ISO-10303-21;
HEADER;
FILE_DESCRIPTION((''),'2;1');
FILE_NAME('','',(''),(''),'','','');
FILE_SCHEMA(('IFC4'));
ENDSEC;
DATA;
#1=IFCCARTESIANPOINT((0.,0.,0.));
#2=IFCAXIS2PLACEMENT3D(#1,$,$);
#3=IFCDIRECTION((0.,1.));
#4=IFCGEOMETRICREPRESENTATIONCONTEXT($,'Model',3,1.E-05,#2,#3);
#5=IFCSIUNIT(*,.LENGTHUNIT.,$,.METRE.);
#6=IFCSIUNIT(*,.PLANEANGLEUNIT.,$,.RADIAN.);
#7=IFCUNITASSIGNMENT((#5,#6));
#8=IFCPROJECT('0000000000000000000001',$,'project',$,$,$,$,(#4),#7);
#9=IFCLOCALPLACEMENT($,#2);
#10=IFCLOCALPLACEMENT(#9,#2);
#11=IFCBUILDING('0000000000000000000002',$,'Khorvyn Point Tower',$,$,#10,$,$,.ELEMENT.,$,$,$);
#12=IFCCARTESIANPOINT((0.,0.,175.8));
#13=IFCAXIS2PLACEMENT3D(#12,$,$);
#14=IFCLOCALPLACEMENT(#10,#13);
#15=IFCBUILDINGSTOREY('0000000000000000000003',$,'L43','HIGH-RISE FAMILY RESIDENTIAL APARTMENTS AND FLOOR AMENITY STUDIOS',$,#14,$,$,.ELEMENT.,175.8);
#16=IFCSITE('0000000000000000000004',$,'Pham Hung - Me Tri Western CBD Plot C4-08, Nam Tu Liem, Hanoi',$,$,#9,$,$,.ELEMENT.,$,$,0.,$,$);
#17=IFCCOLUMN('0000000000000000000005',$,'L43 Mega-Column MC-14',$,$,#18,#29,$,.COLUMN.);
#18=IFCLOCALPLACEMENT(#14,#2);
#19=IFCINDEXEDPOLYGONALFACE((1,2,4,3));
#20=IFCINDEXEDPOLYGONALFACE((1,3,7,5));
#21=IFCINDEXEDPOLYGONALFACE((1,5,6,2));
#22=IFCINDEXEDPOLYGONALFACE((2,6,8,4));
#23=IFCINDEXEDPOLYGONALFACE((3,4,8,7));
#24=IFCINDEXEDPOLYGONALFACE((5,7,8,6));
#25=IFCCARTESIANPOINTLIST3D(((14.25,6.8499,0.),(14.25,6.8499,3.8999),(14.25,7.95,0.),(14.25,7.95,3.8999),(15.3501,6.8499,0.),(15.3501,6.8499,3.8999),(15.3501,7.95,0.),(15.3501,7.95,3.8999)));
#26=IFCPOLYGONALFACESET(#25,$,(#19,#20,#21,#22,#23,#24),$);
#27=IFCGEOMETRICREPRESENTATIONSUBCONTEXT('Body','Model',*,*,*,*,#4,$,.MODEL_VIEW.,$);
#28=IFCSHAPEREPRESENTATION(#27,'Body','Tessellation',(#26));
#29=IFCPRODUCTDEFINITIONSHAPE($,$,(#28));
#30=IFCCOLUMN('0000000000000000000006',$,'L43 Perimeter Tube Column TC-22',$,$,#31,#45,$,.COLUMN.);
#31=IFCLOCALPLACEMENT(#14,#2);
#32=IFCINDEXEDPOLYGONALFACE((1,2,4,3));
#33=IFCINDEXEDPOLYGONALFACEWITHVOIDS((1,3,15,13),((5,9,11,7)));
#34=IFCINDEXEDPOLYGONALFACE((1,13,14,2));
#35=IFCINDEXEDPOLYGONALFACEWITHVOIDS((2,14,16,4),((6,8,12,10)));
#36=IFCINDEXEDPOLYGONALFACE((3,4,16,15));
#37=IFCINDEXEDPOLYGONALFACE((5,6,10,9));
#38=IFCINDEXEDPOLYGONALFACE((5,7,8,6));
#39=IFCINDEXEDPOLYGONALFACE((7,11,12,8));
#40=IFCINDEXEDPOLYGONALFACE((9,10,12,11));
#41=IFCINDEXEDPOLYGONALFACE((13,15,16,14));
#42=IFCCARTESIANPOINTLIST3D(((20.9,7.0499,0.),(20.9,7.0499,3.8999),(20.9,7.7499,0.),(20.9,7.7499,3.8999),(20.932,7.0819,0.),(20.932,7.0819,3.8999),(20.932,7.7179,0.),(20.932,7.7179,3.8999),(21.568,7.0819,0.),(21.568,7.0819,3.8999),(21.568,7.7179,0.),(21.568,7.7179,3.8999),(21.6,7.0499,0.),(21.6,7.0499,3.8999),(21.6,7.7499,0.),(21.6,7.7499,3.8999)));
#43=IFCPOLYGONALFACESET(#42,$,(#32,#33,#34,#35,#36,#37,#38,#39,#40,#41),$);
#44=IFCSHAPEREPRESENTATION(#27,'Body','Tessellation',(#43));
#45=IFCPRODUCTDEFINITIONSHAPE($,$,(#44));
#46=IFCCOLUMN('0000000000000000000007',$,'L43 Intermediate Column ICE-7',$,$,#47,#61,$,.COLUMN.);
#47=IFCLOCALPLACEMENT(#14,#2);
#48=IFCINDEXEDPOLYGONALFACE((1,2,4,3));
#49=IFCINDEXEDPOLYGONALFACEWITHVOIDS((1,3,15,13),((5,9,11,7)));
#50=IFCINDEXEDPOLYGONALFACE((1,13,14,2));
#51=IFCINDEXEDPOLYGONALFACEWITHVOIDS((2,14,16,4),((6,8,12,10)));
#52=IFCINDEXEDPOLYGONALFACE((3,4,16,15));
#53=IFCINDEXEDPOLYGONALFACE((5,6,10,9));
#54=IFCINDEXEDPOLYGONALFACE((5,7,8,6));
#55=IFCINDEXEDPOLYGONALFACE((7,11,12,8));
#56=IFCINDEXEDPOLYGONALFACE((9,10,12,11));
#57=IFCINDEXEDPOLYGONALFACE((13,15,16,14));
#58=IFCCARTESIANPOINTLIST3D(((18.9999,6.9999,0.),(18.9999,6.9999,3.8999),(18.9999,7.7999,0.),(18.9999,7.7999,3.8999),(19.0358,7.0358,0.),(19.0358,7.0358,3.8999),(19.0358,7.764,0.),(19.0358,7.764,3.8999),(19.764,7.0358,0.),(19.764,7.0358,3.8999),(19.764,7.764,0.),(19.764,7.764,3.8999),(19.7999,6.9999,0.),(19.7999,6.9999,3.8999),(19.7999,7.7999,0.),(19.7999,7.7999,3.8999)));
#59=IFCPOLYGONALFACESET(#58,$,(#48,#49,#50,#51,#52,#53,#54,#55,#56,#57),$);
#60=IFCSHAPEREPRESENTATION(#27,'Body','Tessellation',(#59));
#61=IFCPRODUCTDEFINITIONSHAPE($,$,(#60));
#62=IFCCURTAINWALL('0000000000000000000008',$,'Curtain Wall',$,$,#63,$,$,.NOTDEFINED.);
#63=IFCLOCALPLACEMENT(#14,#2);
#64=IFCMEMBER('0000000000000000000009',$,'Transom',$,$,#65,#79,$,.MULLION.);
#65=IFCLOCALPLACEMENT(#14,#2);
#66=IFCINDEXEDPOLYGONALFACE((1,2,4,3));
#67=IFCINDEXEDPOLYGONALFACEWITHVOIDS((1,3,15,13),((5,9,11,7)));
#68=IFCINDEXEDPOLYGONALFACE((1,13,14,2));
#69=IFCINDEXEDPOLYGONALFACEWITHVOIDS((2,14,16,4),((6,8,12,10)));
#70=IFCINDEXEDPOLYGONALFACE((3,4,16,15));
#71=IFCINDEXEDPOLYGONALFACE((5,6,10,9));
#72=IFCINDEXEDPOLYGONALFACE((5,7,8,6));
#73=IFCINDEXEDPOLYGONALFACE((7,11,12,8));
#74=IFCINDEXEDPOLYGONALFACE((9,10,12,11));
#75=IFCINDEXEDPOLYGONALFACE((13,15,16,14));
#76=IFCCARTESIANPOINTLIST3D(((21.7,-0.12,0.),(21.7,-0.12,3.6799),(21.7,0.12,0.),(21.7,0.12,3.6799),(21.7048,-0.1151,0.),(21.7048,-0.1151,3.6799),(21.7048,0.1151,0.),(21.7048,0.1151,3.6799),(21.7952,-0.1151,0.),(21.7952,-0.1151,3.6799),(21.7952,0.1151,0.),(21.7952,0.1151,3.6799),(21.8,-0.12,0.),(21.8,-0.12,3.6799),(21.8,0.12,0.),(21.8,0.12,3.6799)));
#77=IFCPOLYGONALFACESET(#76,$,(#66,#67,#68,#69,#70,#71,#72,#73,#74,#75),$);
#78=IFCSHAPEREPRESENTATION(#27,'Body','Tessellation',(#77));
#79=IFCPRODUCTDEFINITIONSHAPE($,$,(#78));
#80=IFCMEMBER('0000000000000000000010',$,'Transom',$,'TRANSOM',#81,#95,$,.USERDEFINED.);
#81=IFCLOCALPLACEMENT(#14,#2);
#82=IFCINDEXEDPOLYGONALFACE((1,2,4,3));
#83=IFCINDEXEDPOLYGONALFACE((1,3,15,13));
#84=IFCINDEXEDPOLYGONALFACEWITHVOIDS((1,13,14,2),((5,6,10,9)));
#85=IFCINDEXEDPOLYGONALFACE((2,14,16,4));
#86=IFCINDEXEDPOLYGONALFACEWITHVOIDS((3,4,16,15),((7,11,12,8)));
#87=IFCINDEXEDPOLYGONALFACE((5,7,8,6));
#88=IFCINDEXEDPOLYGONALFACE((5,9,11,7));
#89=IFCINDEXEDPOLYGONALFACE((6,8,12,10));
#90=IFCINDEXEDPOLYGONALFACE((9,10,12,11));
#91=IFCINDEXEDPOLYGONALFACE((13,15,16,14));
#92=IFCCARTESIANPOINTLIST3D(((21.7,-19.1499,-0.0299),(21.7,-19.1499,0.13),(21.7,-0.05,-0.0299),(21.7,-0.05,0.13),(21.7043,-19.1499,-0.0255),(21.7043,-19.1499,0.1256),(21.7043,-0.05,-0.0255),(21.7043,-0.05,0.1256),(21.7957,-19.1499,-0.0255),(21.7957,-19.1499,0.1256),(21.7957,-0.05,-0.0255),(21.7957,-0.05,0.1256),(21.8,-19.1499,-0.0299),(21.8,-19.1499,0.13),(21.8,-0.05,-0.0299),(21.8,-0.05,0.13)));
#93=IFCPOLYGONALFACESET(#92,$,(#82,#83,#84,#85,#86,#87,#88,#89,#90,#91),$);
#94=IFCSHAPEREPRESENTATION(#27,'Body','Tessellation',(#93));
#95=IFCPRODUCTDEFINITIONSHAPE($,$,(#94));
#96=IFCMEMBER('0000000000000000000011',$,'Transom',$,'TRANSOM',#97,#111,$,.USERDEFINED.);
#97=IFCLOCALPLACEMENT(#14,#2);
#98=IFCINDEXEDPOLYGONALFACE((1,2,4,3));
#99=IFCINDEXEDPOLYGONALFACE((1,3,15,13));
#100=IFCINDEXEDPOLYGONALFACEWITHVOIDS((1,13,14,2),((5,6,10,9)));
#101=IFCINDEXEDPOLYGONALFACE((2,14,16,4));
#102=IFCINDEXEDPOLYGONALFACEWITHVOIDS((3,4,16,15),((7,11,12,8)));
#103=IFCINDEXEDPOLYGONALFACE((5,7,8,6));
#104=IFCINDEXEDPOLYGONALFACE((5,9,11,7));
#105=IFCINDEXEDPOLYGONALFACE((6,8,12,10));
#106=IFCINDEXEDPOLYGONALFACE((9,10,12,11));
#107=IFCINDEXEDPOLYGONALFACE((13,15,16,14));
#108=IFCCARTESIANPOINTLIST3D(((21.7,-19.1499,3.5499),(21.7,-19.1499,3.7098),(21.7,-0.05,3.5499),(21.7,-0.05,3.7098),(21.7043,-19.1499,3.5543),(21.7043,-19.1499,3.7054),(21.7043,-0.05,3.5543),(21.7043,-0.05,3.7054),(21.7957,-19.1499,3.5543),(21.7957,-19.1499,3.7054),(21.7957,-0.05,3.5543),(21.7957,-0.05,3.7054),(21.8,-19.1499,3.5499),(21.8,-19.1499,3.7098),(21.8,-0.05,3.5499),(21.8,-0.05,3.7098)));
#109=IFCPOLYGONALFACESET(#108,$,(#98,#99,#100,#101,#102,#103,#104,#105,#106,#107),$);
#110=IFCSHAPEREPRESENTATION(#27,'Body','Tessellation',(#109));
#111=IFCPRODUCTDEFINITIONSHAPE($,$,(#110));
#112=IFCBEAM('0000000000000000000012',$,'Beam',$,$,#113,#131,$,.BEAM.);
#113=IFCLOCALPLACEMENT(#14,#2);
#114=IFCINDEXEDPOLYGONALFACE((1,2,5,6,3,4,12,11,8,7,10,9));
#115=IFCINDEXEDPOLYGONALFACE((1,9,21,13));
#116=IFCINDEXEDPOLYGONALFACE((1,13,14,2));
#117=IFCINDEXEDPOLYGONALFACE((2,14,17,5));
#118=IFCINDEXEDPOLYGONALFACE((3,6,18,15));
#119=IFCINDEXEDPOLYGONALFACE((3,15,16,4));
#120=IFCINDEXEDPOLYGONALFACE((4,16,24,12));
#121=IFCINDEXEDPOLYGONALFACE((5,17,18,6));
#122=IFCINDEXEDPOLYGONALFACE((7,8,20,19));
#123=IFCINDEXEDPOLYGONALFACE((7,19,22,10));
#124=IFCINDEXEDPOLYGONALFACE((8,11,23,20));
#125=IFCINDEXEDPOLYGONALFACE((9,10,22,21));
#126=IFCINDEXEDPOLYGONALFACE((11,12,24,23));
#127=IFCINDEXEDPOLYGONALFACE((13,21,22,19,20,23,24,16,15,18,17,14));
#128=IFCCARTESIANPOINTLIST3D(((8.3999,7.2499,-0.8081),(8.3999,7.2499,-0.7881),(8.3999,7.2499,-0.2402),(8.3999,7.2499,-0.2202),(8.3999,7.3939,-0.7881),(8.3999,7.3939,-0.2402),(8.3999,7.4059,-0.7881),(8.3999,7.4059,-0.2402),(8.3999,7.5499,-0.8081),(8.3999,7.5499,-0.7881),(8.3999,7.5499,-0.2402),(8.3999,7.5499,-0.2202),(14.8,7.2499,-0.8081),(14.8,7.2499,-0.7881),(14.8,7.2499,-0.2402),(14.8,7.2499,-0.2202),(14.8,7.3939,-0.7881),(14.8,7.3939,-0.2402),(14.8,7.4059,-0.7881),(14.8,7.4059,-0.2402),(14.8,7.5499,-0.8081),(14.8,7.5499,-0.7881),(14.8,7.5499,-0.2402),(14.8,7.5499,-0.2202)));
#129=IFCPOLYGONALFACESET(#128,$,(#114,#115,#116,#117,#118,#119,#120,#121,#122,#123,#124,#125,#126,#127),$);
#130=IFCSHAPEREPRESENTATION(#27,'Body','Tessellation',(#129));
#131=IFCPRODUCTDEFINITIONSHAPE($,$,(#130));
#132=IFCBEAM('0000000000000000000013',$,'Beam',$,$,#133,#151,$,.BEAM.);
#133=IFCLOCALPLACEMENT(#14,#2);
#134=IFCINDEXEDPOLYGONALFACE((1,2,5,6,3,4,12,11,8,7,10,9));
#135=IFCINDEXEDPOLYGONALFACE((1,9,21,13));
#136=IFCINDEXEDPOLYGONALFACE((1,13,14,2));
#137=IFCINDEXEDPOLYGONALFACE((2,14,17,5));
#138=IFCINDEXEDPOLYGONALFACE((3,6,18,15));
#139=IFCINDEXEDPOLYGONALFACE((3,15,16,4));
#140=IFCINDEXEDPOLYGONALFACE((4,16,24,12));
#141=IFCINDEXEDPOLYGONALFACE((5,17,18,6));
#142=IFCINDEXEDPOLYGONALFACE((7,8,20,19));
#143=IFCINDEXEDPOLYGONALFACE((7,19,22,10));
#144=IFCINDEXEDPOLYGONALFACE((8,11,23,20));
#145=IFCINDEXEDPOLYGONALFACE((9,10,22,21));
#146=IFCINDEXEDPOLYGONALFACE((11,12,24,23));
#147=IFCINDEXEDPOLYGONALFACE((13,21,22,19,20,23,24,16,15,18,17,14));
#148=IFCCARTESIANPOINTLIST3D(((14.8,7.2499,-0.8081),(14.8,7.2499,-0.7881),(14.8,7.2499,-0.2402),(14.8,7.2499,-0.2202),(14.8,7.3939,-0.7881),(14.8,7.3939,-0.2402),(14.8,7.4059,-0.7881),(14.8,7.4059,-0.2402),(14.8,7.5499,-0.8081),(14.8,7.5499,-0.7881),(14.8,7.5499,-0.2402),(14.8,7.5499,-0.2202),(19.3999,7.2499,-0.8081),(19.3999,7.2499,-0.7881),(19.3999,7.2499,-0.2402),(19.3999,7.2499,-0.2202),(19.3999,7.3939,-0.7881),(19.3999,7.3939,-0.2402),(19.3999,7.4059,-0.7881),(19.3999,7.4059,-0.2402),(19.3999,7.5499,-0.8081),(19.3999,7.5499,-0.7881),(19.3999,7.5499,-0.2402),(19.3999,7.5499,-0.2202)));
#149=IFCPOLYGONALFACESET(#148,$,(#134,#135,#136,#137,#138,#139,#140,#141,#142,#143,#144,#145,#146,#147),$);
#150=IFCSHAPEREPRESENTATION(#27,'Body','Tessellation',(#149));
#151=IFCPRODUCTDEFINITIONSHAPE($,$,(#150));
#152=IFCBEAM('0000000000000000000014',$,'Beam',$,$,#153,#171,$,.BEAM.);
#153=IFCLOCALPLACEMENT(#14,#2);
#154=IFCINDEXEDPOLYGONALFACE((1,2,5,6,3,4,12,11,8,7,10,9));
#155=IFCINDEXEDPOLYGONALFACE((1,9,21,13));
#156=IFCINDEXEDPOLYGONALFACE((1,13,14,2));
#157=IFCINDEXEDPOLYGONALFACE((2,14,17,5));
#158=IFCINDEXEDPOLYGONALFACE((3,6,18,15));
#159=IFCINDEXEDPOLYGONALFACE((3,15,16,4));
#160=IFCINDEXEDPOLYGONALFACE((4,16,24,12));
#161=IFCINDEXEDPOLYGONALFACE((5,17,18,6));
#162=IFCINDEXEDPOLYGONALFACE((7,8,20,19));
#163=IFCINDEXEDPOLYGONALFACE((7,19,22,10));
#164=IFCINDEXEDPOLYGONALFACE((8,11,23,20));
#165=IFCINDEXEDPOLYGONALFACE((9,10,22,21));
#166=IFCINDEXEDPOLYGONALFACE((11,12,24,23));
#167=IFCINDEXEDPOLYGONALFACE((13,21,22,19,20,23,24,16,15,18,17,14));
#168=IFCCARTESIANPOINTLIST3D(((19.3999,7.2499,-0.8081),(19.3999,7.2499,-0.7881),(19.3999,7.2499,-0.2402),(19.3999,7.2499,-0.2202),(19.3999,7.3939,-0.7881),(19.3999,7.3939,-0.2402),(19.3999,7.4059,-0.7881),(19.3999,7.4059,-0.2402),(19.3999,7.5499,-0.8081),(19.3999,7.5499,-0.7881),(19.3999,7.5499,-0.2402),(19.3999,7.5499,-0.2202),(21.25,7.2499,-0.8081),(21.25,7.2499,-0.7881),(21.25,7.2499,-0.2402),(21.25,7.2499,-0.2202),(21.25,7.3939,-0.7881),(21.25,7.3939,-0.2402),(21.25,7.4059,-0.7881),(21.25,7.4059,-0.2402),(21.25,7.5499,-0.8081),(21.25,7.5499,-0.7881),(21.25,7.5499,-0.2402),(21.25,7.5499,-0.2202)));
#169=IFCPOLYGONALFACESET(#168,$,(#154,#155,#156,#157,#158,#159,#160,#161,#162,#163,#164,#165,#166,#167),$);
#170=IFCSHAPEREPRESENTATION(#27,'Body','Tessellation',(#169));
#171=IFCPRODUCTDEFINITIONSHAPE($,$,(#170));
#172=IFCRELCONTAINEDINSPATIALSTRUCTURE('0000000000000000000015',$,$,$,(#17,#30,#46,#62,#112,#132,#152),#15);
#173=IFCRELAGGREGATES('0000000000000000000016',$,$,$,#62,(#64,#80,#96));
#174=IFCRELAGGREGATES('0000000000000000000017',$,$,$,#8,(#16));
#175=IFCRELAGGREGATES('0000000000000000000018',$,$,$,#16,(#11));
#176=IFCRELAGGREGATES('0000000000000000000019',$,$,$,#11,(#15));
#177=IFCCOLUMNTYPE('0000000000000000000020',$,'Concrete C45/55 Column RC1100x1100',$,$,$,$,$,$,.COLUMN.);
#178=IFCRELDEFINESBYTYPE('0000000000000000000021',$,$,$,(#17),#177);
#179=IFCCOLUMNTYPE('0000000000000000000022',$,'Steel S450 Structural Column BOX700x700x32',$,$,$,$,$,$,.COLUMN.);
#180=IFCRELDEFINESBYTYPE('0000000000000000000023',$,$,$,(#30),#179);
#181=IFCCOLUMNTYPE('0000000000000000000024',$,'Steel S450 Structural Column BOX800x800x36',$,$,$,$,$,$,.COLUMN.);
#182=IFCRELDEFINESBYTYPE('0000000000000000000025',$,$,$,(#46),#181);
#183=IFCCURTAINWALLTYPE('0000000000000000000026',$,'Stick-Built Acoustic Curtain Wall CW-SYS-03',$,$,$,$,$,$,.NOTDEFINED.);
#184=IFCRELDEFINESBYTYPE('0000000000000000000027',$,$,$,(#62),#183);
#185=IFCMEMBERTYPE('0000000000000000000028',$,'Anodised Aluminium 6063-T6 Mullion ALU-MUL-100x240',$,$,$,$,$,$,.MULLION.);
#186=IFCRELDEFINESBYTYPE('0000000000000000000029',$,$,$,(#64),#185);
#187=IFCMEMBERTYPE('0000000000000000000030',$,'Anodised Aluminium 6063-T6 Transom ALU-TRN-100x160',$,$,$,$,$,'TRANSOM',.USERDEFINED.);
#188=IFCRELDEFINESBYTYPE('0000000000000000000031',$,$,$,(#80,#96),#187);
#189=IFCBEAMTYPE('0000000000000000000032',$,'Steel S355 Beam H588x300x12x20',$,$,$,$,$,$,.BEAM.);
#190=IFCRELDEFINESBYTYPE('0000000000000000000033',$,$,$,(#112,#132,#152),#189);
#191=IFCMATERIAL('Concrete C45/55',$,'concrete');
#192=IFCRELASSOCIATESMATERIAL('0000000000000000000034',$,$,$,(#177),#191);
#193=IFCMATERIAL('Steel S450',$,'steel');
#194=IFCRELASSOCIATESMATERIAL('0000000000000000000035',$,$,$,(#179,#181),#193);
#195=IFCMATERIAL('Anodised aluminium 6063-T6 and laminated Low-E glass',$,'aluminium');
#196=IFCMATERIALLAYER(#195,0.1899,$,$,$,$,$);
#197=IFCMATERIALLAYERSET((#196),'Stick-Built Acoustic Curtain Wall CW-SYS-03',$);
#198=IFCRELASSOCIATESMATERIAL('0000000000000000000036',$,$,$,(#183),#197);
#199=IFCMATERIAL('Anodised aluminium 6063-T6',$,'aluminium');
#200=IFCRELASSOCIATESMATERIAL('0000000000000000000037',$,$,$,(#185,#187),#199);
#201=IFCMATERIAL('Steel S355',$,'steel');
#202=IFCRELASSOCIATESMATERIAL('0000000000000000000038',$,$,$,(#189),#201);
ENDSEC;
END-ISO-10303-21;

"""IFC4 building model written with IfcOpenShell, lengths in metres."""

from ifc_helpers import new_model, si_unit, direction, frame, origin, origin_2d, place, context, subcontext, project, spatial, rectangle, hollow_rectangle, i_section, extrude, material, layer, layer_set, material_profile, profile_set, type_object, element, aggregate, save


model = new_model("IFC4")

# Units and contexts
model_context = context("Model", 3, precision=1e-05, world=origin(), true_north=direction((0.0, 1.0)))
body_context = subcontext(model_context, "Body", "Model", "MODEL_VIEW")
ifc_project = project(units=[si_unit("LENGTHUNIT", "METRE"), si_unit("PLANEANGLEUNIT", "RADIAN")], contexts=[model_context])

# Site, building, storey
site_placement = place(None, origin())
site = spatial("IfcSite", under=ifc_project, at=site_placement, Name="Pham Hung - Me Tri Western CBD Plot C4-08, Nam Tu Liem, Hanoi", CompositionType="ELEMENT", RefElevation=0.0)
building_placement = place(site_placement, origin())
building = spatial("IfcBuilding", under=site, at=building_placement, Name="Khorvyn Point Tower", CompositionType="ELEMENT")
storey_placement = place(building_placement, frame((0.0, 0.0, 175.8)))
storey = spatial("IfcBuildingStorey", under=building, at=storey_placement, Name="L43", Description="HIGH-RISE FAMILY RESIDENTIAL APARTMENTS AND FLOOR AMENITY STUDIOS", CompositionType="ELEMENT", Elevation=175.8)

# Columns
ifc_material_1 = material(Name="Concrete C45/55", Category="concrete")
ifc_material_profile_1 = material_profile(ifc_material_1, rectangle(XDim=1.1001, YDim=1.1001, at=origin_2d()))
ifc_profile_set_1 = profile_set([ifc_material_profile_1], Name="Concrete C45/55 RC1100x1100")
column_type_1 = type_object("IfcColumnType", Name="Concrete C45/55 Column RC1100x1100", PredefinedType="COLUMN", material=ifc_profile_set_1)
column_1_placement = place(storey_placement, frame((14.8, 7.3999, 0.0), z_axis=(0.0, 0.0, 1.0), x_axis=(1.0, 0.0, 0.0)))
element("IfcColumn", 1, at=column_1_placement, inside=storey, type_object=column_type_1, Name="L43 Mega-Column MC-14", PredefinedType="COLUMN", context=body_context, shape_type="SweptSolid", body=[
    extrude(rectangle(XDim=1.1001, YDim=1.1001, at=origin_2d()), origin(), (0.0, 0.0, 1.0), 3.8999),
])
ifc_material_2 = material(Name="Steel S450", Category="steel")
ifc_material_profile_2 = material_profile(ifc_material_2, hollow_rectangle(XDim=0.7, YDim=0.7, WallThickness=0.032, at=origin_2d()))
ifc_profile_set_2 = profile_set([ifc_material_profile_2], Name="Steel S450 BOX700x700x32")
column_type_2 = type_object("IfcColumnType", Name="Steel S450 Structural Column BOX700x700x32", PredefinedType="COLUMN", material=ifc_profile_set_2)
column_2_placement = place(storey_placement, frame((21.25, 7.3999, 0.0), z_axis=(0.0, 0.0, 1.0), x_axis=(1.0, 0.0, 0.0)))
element("IfcColumn", 2, at=column_2_placement, inside=storey, type_object=column_type_2, Name="L43 Perimeter Tube Column TC-22", PredefinedType="COLUMN", context=body_context, shape_type="SweptSolid", body=[
    extrude(hollow_rectangle(XDim=0.7, YDim=0.7, WallThickness=0.032, at=origin_2d()), origin(), (0.0, 0.0, 1.0), 3.8999),
])
ifc_material_profile_3 = material_profile(ifc_material_2, hollow_rectangle(XDim=0.8, YDim=0.8, WallThickness=0.0359, at=origin_2d()))
ifc_profile_set_3 = profile_set([ifc_material_profile_3], Name="Steel S450 BOX800x800x36")
column_type_3 = type_object("IfcColumnType", Name="Steel S450 Structural Column BOX800x800x36", PredefinedType="COLUMN", material=ifc_profile_set_3)
column_3_placement = place(storey_placement, frame((19.3999, 7.3999, 0.0), z_axis=(0.0, 0.0, 1.0), x_axis=(1.0, 0.0, 0.0)))
element("IfcColumn", 3, at=column_3_placement, inside=storey, type_object=column_type_3, Name="L43 Intermediate Column ICE-7", PredefinedType="COLUMN", context=body_context, shape_type="SweptSolid", body=[
    extrude(hollow_rectangle(XDim=0.8, YDim=0.8, WallThickness=0.0359, at=origin_2d()), origin(), (0.0, 0.0, 1.0), 3.8999),
])

# Curtain wall, members
ifc_material_3 = material(Name="Anodised aluminium 6063-T6 and laminated Low-E glass", Category="aluminium")
ifc_layer_1 = layer(ifc_material_3, 0.1899)
ifc_layer_set_1 = layer_set([ifc_layer_1], Name="Stick-Built Acoustic Curtain Wall CW-SYS-03")
curtain_wall_type = type_object("IfcCurtainWallType", Name="Stick-Built Acoustic Curtain Wall CW-SYS-03", PredefinedType="NOTDEFINED", material=ifc_layer_set_1)
curtain_wall_placement = place(storey_placement, origin())
curtain_wall = element("IfcCurtainWall", 4, at=curtain_wall_placement, inside=storey, type_object=curtain_wall_type, Name="Curtain Wall", PredefinedType="NOTDEFINED")
ifc_material_4 = material(Name="Anodised aluminium 6063-T6", Category="aluminium")
ifc_material_profile_4 = material_profile(ifc_material_4, hollow_rectangle(XDim=0.1001, YDim=0.24, WallThickness=0.0049, at=origin_2d()))
ifc_profile_set_4 = profile_set([ifc_material_profile_4], Name="Anodised aluminium 6063-T6 ALU-MUL-100x240")
member_type_1 = type_object("IfcMemberType", Name="Anodised Aluminium 6063-T6 Mullion ALU-MUL-100x240", PredefinedType="MULLION", material=ifc_profile_set_4)
member_1_placement = place(storey_placement, frame((21.75, 0.0, 0.0), z_axis=(0.0, 0.0, 1.0), x_axis=(1.0, 0.0, 0.0)))
member_1 = element("IfcMember", 5, at=member_1_placement, type_object=member_type_1, Name="Transom", PredefinedType="MULLION", context=body_context, shape_type="SweptSolid", body=[
    extrude(hollow_rectangle(XDim=0.1001, YDim=0.24, WallThickness=0.0049, at=origin_2d()), origin(), (0.0, 0.0, 1.0), 3.6799),
])
ifc_material_profile_5 = material_profile(ifc_material_4, hollow_rectangle(XDim=0.1001, YDim=0.1599, WallThickness=0.0044, at=origin_2d()))
ifc_profile_set_5 = profile_set([ifc_material_profile_5], Name="Anodised aluminium 6063-T6 ALU-TRN-100x160")
member_type_2 = type_object("IfcMemberType", Name="Anodised Aluminium 6063-T6 Transom ALU-TRN-100x160", ElementType="TRANSOM", PredefinedType="USERDEFINED", material=ifc_profile_set_5)
member_2_placement = place(storey_placement, frame((21.75, -0.05, 0.05), z_axis=(0.0, -1.0, 0.0), x_axis=(1.0, 0.0, 0.0)))
member_2 = element("IfcMember", 6, at=member_2_placement, type_object=member_type_2, Name="Transom", ObjectType="TRANSOM", PredefinedType="USERDEFINED", context=body_context, shape_type="SweptSolid", body=[
    extrude(hollow_rectangle(XDim=0.1001, YDim=0.1599, WallThickness=0.0044, at=origin_2d()), origin(), (0.0, 0.0, 1.0), 19.0999),
])
member_3_placement = place(storey_placement, frame((21.75, -0.05, 3.6299), z_axis=(0.0, -1.0, 0.0), x_axis=(1.0, 0.0, 0.0)))
member_3 = element("IfcMember", 7, at=member_3_placement, type_object=member_type_2, Name="Transom", ObjectType="TRANSOM", PredefinedType="USERDEFINED", context=body_context, shape_type="SweptSolid", body=[
    extrude(hollow_rectangle(XDim=0.1001, YDim=0.1599, WallThickness=0.0044, at=origin_2d()), origin(), (0.0, 0.0, 1.0), 19.0999),
])

# Beams
ifc_material_5 = material(Name="Steel S355", Category="steel")
ifc_material_profile_6 = material_profile(ifc_material_5, i_section(OverallWidth=0.3, OverallDepth=0.5879, WebThickness=0.012, FlangeThickness=0.02, at=origin_2d()))
ifc_profile_set_6 = profile_set([ifc_material_profile_6], Name="Steel S355 H588x300x12x20")
beam_type_1 = type_object("IfcBeamType", Name="Steel S355 Beam H588x300x12x20", PredefinedType="BEAM", material=ifc_profile_set_6)
beam_1_placement = place(storey_placement, frame((8.3999, 7.3999, -0.5142), z_axis=(1.0, 0.0, 0.0), x_axis=(0.0, 1.0, 0.0)))
element("IfcBeam", 8, at=beam_1_placement, inside=storey, type_object=beam_type_1, Name="Beam", PredefinedType="BEAM", context=body_context, shape_type="SweptSolid", body=[
    extrude(i_section(OverallWidth=0.3, OverallDepth=0.5879, WebThickness=0.012, FlangeThickness=0.02, at=origin_2d()), origin(), (0.0, 0.0, 1.0), 6.4001),
])
beam_2_placement = place(storey_placement, frame((14.8, 7.3999, -0.5142), z_axis=(1.0, 0.0, 0.0), x_axis=(0.0, 1.0, 0.0)))
element("IfcBeam", 9, at=beam_2_placement, inside=storey, type_object=beam_type_1, Name="Beam", PredefinedType="BEAM", context=body_context, shape_type="SweptSolid", body=[
    extrude(i_section(OverallWidth=0.3, OverallDepth=0.5879, WebThickness=0.012, FlangeThickness=0.02, at=origin_2d()), origin(), (0.0, 0.0, 1.0), 4.5999),
])
beam_3_placement = place(storey_placement, frame((19.3999, 7.3999, -0.5142), z_axis=(1.0, 0.0, 0.0), x_axis=(0.0, 1.0, 0.0)))
element("IfcBeam", 10, at=beam_3_placement, inside=storey, type_object=beam_type_1, Name="Beam", PredefinedType="BEAM", context=body_context, shape_type="SweptSolid", body=[
    extrude(i_section(OverallWidth=0.3, OverallDepth=0.5879, WebThickness=0.012, FlangeThickness=0.02, at=origin_2d()), origin(), (0.0, 0.0, 1.0), 1.8501),
])

aggregate(curtain_wall, [member_1, member_2, member_3])

save(model, "model.ifc")
